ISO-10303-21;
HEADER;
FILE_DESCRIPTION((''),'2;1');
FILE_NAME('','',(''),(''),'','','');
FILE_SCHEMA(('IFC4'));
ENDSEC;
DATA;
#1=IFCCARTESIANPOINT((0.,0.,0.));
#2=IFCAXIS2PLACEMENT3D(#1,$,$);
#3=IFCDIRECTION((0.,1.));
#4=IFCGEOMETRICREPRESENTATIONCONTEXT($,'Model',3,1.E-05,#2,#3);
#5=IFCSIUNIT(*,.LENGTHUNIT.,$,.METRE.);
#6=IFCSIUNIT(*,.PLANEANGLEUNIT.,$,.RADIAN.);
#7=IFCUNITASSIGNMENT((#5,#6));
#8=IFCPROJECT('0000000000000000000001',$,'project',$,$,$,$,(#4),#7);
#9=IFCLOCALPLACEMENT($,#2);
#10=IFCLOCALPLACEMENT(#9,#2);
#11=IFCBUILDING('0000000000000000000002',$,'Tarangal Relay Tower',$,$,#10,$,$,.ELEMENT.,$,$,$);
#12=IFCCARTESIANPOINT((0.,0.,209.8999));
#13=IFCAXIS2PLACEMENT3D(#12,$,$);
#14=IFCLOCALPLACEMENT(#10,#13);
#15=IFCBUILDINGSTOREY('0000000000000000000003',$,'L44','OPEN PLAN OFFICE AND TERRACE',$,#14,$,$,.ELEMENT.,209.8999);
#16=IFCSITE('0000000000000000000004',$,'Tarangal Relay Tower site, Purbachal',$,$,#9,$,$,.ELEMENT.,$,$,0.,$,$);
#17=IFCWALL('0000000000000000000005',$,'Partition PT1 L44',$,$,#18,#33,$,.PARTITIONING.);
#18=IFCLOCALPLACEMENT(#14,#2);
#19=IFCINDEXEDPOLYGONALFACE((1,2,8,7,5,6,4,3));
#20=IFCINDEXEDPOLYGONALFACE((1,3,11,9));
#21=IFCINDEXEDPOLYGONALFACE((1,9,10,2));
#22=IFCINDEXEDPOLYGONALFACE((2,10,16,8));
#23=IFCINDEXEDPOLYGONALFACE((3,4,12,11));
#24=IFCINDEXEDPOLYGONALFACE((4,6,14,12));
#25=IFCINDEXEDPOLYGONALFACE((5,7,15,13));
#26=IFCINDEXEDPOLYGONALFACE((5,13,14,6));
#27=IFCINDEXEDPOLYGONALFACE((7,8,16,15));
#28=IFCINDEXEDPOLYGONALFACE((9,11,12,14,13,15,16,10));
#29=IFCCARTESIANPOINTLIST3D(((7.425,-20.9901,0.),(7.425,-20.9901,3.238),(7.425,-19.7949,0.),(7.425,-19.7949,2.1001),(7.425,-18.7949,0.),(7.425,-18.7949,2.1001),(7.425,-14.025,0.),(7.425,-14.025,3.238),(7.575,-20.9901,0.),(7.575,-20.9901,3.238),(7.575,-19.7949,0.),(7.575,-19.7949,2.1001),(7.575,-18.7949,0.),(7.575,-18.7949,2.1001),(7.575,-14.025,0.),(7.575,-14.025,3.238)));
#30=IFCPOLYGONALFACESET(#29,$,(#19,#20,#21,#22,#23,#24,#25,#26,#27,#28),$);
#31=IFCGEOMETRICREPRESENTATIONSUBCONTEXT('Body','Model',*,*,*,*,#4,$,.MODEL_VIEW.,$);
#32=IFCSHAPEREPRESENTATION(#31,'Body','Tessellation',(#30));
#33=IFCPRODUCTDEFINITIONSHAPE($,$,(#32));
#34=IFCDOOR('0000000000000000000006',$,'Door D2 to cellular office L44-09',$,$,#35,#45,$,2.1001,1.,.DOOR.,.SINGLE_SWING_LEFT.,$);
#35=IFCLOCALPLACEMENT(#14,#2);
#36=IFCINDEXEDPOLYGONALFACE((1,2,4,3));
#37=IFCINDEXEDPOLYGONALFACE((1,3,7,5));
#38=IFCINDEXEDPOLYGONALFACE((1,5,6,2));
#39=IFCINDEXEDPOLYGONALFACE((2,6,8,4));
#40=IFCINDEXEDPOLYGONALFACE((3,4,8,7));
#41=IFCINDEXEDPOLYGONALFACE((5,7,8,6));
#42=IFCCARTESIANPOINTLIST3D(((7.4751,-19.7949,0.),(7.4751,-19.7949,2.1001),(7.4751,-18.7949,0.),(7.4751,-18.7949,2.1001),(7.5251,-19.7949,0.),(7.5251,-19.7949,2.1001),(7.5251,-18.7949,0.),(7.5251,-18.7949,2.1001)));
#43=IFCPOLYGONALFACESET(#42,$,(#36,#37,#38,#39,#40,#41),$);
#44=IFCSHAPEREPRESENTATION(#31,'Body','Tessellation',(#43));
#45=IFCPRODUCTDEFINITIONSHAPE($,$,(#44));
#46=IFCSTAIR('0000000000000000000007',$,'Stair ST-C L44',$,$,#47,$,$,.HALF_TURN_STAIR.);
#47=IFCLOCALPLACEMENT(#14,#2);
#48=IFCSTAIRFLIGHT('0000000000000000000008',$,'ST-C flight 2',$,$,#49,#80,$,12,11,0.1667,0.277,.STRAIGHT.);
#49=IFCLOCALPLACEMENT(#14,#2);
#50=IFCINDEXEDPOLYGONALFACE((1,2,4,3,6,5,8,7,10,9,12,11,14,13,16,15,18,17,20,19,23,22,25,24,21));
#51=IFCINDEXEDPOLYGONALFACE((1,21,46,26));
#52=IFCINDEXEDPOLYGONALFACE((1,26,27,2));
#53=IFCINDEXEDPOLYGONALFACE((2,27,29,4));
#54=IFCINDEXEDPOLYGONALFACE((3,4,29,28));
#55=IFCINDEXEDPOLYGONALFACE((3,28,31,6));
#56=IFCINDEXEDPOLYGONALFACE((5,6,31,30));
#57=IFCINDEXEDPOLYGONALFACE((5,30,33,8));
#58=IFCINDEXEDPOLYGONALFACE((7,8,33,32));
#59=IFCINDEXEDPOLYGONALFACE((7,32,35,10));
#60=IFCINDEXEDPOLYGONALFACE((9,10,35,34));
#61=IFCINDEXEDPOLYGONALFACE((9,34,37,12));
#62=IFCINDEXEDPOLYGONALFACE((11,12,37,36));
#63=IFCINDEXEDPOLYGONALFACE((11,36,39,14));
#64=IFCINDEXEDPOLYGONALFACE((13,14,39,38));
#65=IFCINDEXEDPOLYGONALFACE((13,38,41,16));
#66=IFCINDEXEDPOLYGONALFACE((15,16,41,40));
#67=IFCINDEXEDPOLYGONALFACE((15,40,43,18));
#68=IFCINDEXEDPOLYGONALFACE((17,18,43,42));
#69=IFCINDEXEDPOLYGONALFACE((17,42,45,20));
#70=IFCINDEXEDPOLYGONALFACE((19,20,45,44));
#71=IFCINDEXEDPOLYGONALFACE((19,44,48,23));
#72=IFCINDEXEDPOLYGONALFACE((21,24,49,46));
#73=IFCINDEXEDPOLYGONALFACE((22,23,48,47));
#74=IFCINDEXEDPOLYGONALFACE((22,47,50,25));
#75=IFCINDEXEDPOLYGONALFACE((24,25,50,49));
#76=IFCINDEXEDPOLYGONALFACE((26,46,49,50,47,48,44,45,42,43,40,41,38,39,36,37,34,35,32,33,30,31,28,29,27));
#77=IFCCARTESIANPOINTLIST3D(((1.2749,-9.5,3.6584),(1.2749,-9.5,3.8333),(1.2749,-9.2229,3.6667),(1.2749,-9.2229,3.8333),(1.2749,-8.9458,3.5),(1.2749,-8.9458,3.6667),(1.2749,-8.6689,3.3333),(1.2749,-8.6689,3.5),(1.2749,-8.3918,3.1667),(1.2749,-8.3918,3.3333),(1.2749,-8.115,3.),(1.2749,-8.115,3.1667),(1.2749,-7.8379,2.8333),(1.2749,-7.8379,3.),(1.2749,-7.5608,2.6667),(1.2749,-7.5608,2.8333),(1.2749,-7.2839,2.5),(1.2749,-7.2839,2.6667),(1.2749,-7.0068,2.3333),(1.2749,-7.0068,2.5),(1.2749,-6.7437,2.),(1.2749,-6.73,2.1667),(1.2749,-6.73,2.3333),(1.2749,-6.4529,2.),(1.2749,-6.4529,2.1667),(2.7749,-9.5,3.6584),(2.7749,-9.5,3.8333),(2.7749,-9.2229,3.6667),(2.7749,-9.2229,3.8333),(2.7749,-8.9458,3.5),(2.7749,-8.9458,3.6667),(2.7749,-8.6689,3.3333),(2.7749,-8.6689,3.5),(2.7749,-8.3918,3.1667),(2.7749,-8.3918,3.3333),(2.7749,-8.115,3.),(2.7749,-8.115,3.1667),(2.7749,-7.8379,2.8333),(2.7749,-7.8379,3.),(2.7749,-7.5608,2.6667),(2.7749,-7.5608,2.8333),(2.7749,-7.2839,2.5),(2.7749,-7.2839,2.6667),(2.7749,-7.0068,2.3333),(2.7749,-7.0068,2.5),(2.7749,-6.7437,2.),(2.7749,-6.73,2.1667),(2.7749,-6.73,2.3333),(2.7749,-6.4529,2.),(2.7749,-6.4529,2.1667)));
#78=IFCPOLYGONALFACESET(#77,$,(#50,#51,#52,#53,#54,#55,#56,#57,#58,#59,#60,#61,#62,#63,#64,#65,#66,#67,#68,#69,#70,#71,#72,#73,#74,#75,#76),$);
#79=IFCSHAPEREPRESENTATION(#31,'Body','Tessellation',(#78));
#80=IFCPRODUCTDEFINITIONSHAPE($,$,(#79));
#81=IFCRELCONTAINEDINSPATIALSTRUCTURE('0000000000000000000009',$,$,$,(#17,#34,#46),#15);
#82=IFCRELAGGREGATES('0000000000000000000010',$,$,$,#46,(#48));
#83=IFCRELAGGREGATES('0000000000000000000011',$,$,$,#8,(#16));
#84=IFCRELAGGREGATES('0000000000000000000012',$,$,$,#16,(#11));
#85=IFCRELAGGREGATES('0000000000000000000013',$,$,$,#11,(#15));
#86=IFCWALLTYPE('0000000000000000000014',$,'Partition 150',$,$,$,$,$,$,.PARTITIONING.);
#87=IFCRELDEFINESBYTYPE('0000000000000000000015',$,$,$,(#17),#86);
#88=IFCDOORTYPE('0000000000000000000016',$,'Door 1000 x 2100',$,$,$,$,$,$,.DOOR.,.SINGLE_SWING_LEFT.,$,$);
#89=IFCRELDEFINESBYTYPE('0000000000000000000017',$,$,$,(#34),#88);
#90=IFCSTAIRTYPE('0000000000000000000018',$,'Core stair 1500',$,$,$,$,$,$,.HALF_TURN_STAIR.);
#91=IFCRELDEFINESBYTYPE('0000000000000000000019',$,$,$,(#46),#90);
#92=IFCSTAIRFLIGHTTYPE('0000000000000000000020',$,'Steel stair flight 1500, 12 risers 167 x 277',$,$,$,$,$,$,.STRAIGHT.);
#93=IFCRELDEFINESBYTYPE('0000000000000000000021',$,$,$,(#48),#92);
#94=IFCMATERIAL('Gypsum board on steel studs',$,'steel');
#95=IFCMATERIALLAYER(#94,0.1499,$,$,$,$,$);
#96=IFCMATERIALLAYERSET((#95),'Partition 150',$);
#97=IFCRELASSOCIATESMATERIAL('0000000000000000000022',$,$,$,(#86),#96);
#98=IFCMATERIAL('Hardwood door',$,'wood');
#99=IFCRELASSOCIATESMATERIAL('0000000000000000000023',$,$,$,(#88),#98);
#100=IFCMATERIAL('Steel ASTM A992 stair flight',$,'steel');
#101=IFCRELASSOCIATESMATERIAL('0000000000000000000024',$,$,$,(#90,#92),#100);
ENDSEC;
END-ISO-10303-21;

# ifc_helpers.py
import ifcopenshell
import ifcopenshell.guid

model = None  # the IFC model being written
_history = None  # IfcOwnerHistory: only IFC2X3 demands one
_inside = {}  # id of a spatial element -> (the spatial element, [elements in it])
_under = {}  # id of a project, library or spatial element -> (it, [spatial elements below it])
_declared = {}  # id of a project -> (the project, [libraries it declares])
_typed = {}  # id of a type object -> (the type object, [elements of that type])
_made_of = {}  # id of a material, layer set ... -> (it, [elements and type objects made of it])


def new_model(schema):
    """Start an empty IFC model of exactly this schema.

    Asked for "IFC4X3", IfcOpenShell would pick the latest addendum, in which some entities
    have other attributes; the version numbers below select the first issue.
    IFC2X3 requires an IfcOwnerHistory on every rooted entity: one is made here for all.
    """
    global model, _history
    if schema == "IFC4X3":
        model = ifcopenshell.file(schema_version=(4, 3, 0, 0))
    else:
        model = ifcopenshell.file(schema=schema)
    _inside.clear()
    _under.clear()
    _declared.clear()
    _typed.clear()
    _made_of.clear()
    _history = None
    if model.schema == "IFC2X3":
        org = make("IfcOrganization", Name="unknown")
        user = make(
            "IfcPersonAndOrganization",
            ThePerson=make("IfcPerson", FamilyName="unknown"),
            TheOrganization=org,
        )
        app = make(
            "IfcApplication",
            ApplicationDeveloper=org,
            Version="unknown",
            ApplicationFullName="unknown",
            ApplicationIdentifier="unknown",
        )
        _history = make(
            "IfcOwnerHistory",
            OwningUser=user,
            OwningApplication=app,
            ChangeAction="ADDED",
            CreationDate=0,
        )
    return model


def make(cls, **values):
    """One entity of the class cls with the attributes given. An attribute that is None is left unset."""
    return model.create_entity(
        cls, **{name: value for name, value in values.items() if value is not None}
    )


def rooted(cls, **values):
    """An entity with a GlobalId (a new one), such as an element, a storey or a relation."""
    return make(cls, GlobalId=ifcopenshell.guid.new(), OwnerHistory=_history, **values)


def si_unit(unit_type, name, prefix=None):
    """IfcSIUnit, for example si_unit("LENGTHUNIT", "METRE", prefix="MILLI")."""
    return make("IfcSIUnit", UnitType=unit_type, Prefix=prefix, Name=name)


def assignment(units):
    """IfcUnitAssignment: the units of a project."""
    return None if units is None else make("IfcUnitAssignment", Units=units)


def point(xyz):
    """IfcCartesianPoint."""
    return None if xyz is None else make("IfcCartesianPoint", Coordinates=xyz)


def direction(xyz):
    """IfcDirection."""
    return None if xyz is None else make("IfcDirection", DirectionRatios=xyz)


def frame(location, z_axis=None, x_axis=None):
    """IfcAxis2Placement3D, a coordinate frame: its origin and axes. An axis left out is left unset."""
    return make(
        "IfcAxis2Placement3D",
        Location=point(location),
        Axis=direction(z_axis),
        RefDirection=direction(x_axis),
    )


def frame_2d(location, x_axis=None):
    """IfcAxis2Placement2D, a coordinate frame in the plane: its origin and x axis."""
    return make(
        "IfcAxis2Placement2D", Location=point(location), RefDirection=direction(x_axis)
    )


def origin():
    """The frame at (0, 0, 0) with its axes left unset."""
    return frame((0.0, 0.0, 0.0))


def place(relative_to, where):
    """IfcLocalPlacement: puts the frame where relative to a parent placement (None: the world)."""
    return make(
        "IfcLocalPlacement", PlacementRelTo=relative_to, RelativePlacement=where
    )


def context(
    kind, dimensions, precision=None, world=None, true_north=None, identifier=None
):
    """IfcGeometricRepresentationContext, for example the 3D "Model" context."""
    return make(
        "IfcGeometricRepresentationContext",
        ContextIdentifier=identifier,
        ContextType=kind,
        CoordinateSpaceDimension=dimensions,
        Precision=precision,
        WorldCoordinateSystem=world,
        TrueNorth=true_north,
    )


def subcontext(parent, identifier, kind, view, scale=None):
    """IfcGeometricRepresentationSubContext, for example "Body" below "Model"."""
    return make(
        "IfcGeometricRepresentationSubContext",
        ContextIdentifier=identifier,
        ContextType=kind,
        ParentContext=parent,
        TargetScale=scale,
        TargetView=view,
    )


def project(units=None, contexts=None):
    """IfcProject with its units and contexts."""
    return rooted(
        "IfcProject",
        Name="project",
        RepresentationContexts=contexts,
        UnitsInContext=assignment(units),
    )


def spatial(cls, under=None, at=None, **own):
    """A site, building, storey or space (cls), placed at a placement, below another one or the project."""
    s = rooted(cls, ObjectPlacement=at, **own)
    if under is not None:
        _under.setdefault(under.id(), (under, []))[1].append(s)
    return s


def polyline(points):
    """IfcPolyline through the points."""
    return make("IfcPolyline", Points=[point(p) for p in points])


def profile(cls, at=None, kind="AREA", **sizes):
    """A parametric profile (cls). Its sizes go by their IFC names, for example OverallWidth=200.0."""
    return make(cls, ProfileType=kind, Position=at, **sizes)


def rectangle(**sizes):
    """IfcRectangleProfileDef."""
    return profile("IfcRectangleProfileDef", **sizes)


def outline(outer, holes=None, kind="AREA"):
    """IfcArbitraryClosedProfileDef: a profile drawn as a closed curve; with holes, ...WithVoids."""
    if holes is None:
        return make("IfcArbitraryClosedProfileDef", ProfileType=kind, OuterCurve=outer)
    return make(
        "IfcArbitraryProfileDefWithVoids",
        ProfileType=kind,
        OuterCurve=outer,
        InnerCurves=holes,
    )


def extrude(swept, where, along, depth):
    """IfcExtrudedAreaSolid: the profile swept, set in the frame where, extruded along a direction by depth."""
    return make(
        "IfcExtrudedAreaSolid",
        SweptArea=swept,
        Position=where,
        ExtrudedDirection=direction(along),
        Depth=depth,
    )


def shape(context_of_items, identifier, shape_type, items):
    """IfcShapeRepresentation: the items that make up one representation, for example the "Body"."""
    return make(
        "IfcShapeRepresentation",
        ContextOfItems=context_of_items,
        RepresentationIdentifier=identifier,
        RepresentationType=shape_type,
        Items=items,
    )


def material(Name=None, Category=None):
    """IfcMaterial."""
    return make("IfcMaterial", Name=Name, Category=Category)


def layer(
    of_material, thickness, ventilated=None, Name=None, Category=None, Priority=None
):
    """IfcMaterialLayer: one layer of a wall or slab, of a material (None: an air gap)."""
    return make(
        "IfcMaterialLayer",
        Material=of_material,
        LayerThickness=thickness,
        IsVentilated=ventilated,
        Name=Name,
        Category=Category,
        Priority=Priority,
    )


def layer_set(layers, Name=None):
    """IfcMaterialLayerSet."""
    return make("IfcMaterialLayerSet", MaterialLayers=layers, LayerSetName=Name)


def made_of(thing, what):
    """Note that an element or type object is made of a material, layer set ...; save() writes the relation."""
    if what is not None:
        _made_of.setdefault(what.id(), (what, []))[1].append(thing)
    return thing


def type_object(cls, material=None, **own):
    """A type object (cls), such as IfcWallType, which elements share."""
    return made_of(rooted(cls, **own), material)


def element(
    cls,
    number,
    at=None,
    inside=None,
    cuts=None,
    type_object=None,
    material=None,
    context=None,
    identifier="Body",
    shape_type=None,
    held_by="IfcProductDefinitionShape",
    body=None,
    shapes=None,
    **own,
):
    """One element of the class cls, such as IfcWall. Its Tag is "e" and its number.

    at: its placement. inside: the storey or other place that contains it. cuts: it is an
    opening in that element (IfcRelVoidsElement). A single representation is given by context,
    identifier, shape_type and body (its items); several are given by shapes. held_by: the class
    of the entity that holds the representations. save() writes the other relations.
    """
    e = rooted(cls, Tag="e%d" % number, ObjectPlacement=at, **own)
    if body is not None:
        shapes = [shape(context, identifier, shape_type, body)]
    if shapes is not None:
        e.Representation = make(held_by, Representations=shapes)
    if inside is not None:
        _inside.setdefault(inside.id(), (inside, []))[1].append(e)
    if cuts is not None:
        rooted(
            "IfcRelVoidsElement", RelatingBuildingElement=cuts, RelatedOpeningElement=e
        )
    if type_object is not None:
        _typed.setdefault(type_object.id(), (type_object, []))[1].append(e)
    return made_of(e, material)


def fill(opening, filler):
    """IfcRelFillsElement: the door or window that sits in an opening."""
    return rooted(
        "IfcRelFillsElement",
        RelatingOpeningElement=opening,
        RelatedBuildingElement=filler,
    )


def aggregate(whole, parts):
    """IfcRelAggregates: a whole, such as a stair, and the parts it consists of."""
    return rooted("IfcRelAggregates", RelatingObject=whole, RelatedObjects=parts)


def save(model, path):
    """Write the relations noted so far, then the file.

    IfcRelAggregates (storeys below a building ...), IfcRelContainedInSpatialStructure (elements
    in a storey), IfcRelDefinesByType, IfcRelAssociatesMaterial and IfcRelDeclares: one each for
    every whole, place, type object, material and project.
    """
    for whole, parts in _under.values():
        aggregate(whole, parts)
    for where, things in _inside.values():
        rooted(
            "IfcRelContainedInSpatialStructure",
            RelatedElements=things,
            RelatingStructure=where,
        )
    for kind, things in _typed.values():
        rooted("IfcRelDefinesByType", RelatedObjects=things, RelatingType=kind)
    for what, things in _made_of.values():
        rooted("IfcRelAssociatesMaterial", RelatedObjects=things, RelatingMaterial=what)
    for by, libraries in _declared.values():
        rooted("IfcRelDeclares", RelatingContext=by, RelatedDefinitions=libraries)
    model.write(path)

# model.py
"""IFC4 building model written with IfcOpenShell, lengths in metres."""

from ifc_helpers import new_model, si_unit, direction, frame, frame_2d, origin, place, context, subcontext, project, spatial, polyline, rectangle, outline, extrude, material, layer, layer_set, type_object, element, fill, aggregate, save


model = new_model("IFC4")

# Units and contexts
model_context = context("Model", 3, precision=1e-05, world=origin(), true_north=direction((0.0, 1.0)))
body_context = subcontext(model_context, "Body", "Model", "MODEL_VIEW")
ifc_project = project(units=[si_unit("LENGTHUNIT", "METRE"), si_unit("PLANEANGLEUNIT", "RADIAN")], contexts=[model_context])

# Site, building, storey
site_placement = place(None, origin())
site = spatial("IfcSite", under=ifc_project, at=site_placement, Name="Tarangal Relay Tower site, Purbachal", CompositionType="ELEMENT", RefElevation=0.0)
building_placement = place(site_placement, origin())
building = spatial("IfcBuilding", under=site, at=building_placement, Name="Tarangal Relay Tower", CompositionType="ELEMENT")
storey_placement = place(building_placement, frame((0.0, 0.0, 209.8999)))
storey = spatial("IfcBuildingStorey", under=building, at=storey_placement, Name="L44", Description="OPEN PLAN OFFICE AND TERRACE", CompositionType="ELEMENT", Elevation=209.8999)

# Shared definitions
ifc_material_1 = material(Name="Hardwood door", Category="wood")

# Wall, opening, door
ifc_material_2 = material(Name="Gypsum board on steel studs", Category="steel")
ifc_layer_1 = layer(ifc_material_2, 0.1499)
ifc_layer_set_1 = layer_set([ifc_layer_1], Name="Partition 150")
wall_type_1 = type_object("IfcWallType", Name="Partition 150", PredefinedType="PARTITIONING", material=ifc_layer_set_1)
door_type_1 = type_object("IfcDoorType", Name="Door 1000 x 2100", OperationType="SINGLE_SWING_LEFT", PredefinedType="DOOR", material=ifc_material_1)
wall_1_placement = place(storey_placement, frame((7.5, -20.99, 0.0), z_axis=(0.0, 0.0, 1.0), x_axis=(0.0, 1.0, 0.0)))
wall_1 = element("IfcWall", 1, at=wall_1_placement, inside=storey, type_object=wall_type_1, Name="Partition PT1 L44", PredefinedType="PARTITIONING", context=body_context, shape_type="SweptSolid", body=[
    extrude(rectangle(XDim=6.9651, YDim=0.1499, at=frame_2d((3.4824, 0.0))), origin(), (0.0, 0.0, 1.0), 3.238),
])
opening_1_placement = place(wall_1_placement, frame((1.1951, 0.0, 0.0)))
opening_1 = element("IfcOpeningElement", 2, at=opening_1_placement, cuts=wall_1, PredefinedType="OPENING", context=body_context, shape_type="SweptSolid", body=[
    extrude(rectangle(XDim=1.0, YDim=2.1001, at=frame_2d((0.5, 1.05))), frame((0.0, 0.085, 0.0), z_axis=(0.0, -1.0, 0.0), x_axis=(1.0, 0.0, 0.0)), (0.0, 0.0, 1.0), 0.1699),
])
door_1_placement = place(opening_1_placement, origin())
door_1 = element("IfcDoor", 3, at=door_1_placement, inside=storey, type_object=door_type_1, Name="Door D2 to cellular office L44-09", OperationType="SINGLE_SWING_LEFT", OverallHeight=2.1001, OverallWidth=1.0, PredefinedType="DOOR", context=body_context, shape_type="SweptSolid", body=[
    extrude(rectangle(XDim=1.0, YDim=2.1001, at=frame_2d((0.5, 1.05))), frame((0.0, 0.0249, 0.0), z_axis=(0.0, -1.0, 0.0), x_axis=(1.0, 0.0, 0.0)), (0.0, 0.0, 1.0), 0.05),
])
fill(opening_1, door_1)

# Stair, stair flight
ifc_material_3 = material(Name="Steel ASTM A992 stair flight", Category="steel")
stair_type = type_object("IfcStairType", Name="Core stair 1500", PredefinedType="HALF_TURN_STAIR", material=ifc_material_3)
stair_placement = place(storey_placement, origin())
stair = element("IfcStair", 4, at=stair_placement, inside=storey, type_object=stair_type, Name="Stair ST-C L44", PredefinedType="HALF_TURN_STAIR")
stair_flight_type = type_object("IfcStairFlightType", Name="Steel stair flight 1500, 12 risers 167 x 277", PredefinedType="STRAIGHT", material=ifc_material_3)
stair_flight_placement = place(storey_placement, frame((2.0249, -6.4529, 2.0), z_axis=(0.0, 0.0, 1.0), x_axis=(0.0, -1.0, 0.0)))
stair_flight = element("IfcStairFlight", 5, at=stair_flight_placement, type_object=stair_flight_type, Name="ST-C flight 2", NumberOfRisers=12, NumberOfTreads=11, PredefinedType="STRAIGHT", RiserHeight=0.1667, TreadLength=0.277, context=body_context, shape_type="SweptSolid", body=[
    extrude(outline(polyline([(0.0, 0.0), (0.0, 0.1667), (0.2771, 0.1667), (0.2771, 0.3333), (0.554, 0.3333), (0.554, 0.5), (0.8311, 0.5), (0.8311, 0.6667), (1.1079, 0.6667), (1.1079, 0.8333), (1.385, 0.8333), (1.385, 1.0), (1.6621, 1.0), (1.6621, 1.1667), (1.939, 1.1667), (1.939, 1.3333), (2.2161, 1.3333), (2.2161, 1.5), (2.4929, 1.5), (2.4929, 1.6667), (2.77, 1.6667), (2.77, 1.8333), (3.0471, 1.8333), (3.0471, 2.0), (3.0471, 1.6584), (0.2908, 0.0), (0.0, 0.0)])), frame((0.0, 0.75, 0.0), z_axis=(0.0, -1.0, 0.0), x_axis=(1.0, 0.0, 0.0)), (0.0, 0.0, 1.0), 1.5),
])
aggregate(stair, [stair_flight])

save(model, "model.ifc")
